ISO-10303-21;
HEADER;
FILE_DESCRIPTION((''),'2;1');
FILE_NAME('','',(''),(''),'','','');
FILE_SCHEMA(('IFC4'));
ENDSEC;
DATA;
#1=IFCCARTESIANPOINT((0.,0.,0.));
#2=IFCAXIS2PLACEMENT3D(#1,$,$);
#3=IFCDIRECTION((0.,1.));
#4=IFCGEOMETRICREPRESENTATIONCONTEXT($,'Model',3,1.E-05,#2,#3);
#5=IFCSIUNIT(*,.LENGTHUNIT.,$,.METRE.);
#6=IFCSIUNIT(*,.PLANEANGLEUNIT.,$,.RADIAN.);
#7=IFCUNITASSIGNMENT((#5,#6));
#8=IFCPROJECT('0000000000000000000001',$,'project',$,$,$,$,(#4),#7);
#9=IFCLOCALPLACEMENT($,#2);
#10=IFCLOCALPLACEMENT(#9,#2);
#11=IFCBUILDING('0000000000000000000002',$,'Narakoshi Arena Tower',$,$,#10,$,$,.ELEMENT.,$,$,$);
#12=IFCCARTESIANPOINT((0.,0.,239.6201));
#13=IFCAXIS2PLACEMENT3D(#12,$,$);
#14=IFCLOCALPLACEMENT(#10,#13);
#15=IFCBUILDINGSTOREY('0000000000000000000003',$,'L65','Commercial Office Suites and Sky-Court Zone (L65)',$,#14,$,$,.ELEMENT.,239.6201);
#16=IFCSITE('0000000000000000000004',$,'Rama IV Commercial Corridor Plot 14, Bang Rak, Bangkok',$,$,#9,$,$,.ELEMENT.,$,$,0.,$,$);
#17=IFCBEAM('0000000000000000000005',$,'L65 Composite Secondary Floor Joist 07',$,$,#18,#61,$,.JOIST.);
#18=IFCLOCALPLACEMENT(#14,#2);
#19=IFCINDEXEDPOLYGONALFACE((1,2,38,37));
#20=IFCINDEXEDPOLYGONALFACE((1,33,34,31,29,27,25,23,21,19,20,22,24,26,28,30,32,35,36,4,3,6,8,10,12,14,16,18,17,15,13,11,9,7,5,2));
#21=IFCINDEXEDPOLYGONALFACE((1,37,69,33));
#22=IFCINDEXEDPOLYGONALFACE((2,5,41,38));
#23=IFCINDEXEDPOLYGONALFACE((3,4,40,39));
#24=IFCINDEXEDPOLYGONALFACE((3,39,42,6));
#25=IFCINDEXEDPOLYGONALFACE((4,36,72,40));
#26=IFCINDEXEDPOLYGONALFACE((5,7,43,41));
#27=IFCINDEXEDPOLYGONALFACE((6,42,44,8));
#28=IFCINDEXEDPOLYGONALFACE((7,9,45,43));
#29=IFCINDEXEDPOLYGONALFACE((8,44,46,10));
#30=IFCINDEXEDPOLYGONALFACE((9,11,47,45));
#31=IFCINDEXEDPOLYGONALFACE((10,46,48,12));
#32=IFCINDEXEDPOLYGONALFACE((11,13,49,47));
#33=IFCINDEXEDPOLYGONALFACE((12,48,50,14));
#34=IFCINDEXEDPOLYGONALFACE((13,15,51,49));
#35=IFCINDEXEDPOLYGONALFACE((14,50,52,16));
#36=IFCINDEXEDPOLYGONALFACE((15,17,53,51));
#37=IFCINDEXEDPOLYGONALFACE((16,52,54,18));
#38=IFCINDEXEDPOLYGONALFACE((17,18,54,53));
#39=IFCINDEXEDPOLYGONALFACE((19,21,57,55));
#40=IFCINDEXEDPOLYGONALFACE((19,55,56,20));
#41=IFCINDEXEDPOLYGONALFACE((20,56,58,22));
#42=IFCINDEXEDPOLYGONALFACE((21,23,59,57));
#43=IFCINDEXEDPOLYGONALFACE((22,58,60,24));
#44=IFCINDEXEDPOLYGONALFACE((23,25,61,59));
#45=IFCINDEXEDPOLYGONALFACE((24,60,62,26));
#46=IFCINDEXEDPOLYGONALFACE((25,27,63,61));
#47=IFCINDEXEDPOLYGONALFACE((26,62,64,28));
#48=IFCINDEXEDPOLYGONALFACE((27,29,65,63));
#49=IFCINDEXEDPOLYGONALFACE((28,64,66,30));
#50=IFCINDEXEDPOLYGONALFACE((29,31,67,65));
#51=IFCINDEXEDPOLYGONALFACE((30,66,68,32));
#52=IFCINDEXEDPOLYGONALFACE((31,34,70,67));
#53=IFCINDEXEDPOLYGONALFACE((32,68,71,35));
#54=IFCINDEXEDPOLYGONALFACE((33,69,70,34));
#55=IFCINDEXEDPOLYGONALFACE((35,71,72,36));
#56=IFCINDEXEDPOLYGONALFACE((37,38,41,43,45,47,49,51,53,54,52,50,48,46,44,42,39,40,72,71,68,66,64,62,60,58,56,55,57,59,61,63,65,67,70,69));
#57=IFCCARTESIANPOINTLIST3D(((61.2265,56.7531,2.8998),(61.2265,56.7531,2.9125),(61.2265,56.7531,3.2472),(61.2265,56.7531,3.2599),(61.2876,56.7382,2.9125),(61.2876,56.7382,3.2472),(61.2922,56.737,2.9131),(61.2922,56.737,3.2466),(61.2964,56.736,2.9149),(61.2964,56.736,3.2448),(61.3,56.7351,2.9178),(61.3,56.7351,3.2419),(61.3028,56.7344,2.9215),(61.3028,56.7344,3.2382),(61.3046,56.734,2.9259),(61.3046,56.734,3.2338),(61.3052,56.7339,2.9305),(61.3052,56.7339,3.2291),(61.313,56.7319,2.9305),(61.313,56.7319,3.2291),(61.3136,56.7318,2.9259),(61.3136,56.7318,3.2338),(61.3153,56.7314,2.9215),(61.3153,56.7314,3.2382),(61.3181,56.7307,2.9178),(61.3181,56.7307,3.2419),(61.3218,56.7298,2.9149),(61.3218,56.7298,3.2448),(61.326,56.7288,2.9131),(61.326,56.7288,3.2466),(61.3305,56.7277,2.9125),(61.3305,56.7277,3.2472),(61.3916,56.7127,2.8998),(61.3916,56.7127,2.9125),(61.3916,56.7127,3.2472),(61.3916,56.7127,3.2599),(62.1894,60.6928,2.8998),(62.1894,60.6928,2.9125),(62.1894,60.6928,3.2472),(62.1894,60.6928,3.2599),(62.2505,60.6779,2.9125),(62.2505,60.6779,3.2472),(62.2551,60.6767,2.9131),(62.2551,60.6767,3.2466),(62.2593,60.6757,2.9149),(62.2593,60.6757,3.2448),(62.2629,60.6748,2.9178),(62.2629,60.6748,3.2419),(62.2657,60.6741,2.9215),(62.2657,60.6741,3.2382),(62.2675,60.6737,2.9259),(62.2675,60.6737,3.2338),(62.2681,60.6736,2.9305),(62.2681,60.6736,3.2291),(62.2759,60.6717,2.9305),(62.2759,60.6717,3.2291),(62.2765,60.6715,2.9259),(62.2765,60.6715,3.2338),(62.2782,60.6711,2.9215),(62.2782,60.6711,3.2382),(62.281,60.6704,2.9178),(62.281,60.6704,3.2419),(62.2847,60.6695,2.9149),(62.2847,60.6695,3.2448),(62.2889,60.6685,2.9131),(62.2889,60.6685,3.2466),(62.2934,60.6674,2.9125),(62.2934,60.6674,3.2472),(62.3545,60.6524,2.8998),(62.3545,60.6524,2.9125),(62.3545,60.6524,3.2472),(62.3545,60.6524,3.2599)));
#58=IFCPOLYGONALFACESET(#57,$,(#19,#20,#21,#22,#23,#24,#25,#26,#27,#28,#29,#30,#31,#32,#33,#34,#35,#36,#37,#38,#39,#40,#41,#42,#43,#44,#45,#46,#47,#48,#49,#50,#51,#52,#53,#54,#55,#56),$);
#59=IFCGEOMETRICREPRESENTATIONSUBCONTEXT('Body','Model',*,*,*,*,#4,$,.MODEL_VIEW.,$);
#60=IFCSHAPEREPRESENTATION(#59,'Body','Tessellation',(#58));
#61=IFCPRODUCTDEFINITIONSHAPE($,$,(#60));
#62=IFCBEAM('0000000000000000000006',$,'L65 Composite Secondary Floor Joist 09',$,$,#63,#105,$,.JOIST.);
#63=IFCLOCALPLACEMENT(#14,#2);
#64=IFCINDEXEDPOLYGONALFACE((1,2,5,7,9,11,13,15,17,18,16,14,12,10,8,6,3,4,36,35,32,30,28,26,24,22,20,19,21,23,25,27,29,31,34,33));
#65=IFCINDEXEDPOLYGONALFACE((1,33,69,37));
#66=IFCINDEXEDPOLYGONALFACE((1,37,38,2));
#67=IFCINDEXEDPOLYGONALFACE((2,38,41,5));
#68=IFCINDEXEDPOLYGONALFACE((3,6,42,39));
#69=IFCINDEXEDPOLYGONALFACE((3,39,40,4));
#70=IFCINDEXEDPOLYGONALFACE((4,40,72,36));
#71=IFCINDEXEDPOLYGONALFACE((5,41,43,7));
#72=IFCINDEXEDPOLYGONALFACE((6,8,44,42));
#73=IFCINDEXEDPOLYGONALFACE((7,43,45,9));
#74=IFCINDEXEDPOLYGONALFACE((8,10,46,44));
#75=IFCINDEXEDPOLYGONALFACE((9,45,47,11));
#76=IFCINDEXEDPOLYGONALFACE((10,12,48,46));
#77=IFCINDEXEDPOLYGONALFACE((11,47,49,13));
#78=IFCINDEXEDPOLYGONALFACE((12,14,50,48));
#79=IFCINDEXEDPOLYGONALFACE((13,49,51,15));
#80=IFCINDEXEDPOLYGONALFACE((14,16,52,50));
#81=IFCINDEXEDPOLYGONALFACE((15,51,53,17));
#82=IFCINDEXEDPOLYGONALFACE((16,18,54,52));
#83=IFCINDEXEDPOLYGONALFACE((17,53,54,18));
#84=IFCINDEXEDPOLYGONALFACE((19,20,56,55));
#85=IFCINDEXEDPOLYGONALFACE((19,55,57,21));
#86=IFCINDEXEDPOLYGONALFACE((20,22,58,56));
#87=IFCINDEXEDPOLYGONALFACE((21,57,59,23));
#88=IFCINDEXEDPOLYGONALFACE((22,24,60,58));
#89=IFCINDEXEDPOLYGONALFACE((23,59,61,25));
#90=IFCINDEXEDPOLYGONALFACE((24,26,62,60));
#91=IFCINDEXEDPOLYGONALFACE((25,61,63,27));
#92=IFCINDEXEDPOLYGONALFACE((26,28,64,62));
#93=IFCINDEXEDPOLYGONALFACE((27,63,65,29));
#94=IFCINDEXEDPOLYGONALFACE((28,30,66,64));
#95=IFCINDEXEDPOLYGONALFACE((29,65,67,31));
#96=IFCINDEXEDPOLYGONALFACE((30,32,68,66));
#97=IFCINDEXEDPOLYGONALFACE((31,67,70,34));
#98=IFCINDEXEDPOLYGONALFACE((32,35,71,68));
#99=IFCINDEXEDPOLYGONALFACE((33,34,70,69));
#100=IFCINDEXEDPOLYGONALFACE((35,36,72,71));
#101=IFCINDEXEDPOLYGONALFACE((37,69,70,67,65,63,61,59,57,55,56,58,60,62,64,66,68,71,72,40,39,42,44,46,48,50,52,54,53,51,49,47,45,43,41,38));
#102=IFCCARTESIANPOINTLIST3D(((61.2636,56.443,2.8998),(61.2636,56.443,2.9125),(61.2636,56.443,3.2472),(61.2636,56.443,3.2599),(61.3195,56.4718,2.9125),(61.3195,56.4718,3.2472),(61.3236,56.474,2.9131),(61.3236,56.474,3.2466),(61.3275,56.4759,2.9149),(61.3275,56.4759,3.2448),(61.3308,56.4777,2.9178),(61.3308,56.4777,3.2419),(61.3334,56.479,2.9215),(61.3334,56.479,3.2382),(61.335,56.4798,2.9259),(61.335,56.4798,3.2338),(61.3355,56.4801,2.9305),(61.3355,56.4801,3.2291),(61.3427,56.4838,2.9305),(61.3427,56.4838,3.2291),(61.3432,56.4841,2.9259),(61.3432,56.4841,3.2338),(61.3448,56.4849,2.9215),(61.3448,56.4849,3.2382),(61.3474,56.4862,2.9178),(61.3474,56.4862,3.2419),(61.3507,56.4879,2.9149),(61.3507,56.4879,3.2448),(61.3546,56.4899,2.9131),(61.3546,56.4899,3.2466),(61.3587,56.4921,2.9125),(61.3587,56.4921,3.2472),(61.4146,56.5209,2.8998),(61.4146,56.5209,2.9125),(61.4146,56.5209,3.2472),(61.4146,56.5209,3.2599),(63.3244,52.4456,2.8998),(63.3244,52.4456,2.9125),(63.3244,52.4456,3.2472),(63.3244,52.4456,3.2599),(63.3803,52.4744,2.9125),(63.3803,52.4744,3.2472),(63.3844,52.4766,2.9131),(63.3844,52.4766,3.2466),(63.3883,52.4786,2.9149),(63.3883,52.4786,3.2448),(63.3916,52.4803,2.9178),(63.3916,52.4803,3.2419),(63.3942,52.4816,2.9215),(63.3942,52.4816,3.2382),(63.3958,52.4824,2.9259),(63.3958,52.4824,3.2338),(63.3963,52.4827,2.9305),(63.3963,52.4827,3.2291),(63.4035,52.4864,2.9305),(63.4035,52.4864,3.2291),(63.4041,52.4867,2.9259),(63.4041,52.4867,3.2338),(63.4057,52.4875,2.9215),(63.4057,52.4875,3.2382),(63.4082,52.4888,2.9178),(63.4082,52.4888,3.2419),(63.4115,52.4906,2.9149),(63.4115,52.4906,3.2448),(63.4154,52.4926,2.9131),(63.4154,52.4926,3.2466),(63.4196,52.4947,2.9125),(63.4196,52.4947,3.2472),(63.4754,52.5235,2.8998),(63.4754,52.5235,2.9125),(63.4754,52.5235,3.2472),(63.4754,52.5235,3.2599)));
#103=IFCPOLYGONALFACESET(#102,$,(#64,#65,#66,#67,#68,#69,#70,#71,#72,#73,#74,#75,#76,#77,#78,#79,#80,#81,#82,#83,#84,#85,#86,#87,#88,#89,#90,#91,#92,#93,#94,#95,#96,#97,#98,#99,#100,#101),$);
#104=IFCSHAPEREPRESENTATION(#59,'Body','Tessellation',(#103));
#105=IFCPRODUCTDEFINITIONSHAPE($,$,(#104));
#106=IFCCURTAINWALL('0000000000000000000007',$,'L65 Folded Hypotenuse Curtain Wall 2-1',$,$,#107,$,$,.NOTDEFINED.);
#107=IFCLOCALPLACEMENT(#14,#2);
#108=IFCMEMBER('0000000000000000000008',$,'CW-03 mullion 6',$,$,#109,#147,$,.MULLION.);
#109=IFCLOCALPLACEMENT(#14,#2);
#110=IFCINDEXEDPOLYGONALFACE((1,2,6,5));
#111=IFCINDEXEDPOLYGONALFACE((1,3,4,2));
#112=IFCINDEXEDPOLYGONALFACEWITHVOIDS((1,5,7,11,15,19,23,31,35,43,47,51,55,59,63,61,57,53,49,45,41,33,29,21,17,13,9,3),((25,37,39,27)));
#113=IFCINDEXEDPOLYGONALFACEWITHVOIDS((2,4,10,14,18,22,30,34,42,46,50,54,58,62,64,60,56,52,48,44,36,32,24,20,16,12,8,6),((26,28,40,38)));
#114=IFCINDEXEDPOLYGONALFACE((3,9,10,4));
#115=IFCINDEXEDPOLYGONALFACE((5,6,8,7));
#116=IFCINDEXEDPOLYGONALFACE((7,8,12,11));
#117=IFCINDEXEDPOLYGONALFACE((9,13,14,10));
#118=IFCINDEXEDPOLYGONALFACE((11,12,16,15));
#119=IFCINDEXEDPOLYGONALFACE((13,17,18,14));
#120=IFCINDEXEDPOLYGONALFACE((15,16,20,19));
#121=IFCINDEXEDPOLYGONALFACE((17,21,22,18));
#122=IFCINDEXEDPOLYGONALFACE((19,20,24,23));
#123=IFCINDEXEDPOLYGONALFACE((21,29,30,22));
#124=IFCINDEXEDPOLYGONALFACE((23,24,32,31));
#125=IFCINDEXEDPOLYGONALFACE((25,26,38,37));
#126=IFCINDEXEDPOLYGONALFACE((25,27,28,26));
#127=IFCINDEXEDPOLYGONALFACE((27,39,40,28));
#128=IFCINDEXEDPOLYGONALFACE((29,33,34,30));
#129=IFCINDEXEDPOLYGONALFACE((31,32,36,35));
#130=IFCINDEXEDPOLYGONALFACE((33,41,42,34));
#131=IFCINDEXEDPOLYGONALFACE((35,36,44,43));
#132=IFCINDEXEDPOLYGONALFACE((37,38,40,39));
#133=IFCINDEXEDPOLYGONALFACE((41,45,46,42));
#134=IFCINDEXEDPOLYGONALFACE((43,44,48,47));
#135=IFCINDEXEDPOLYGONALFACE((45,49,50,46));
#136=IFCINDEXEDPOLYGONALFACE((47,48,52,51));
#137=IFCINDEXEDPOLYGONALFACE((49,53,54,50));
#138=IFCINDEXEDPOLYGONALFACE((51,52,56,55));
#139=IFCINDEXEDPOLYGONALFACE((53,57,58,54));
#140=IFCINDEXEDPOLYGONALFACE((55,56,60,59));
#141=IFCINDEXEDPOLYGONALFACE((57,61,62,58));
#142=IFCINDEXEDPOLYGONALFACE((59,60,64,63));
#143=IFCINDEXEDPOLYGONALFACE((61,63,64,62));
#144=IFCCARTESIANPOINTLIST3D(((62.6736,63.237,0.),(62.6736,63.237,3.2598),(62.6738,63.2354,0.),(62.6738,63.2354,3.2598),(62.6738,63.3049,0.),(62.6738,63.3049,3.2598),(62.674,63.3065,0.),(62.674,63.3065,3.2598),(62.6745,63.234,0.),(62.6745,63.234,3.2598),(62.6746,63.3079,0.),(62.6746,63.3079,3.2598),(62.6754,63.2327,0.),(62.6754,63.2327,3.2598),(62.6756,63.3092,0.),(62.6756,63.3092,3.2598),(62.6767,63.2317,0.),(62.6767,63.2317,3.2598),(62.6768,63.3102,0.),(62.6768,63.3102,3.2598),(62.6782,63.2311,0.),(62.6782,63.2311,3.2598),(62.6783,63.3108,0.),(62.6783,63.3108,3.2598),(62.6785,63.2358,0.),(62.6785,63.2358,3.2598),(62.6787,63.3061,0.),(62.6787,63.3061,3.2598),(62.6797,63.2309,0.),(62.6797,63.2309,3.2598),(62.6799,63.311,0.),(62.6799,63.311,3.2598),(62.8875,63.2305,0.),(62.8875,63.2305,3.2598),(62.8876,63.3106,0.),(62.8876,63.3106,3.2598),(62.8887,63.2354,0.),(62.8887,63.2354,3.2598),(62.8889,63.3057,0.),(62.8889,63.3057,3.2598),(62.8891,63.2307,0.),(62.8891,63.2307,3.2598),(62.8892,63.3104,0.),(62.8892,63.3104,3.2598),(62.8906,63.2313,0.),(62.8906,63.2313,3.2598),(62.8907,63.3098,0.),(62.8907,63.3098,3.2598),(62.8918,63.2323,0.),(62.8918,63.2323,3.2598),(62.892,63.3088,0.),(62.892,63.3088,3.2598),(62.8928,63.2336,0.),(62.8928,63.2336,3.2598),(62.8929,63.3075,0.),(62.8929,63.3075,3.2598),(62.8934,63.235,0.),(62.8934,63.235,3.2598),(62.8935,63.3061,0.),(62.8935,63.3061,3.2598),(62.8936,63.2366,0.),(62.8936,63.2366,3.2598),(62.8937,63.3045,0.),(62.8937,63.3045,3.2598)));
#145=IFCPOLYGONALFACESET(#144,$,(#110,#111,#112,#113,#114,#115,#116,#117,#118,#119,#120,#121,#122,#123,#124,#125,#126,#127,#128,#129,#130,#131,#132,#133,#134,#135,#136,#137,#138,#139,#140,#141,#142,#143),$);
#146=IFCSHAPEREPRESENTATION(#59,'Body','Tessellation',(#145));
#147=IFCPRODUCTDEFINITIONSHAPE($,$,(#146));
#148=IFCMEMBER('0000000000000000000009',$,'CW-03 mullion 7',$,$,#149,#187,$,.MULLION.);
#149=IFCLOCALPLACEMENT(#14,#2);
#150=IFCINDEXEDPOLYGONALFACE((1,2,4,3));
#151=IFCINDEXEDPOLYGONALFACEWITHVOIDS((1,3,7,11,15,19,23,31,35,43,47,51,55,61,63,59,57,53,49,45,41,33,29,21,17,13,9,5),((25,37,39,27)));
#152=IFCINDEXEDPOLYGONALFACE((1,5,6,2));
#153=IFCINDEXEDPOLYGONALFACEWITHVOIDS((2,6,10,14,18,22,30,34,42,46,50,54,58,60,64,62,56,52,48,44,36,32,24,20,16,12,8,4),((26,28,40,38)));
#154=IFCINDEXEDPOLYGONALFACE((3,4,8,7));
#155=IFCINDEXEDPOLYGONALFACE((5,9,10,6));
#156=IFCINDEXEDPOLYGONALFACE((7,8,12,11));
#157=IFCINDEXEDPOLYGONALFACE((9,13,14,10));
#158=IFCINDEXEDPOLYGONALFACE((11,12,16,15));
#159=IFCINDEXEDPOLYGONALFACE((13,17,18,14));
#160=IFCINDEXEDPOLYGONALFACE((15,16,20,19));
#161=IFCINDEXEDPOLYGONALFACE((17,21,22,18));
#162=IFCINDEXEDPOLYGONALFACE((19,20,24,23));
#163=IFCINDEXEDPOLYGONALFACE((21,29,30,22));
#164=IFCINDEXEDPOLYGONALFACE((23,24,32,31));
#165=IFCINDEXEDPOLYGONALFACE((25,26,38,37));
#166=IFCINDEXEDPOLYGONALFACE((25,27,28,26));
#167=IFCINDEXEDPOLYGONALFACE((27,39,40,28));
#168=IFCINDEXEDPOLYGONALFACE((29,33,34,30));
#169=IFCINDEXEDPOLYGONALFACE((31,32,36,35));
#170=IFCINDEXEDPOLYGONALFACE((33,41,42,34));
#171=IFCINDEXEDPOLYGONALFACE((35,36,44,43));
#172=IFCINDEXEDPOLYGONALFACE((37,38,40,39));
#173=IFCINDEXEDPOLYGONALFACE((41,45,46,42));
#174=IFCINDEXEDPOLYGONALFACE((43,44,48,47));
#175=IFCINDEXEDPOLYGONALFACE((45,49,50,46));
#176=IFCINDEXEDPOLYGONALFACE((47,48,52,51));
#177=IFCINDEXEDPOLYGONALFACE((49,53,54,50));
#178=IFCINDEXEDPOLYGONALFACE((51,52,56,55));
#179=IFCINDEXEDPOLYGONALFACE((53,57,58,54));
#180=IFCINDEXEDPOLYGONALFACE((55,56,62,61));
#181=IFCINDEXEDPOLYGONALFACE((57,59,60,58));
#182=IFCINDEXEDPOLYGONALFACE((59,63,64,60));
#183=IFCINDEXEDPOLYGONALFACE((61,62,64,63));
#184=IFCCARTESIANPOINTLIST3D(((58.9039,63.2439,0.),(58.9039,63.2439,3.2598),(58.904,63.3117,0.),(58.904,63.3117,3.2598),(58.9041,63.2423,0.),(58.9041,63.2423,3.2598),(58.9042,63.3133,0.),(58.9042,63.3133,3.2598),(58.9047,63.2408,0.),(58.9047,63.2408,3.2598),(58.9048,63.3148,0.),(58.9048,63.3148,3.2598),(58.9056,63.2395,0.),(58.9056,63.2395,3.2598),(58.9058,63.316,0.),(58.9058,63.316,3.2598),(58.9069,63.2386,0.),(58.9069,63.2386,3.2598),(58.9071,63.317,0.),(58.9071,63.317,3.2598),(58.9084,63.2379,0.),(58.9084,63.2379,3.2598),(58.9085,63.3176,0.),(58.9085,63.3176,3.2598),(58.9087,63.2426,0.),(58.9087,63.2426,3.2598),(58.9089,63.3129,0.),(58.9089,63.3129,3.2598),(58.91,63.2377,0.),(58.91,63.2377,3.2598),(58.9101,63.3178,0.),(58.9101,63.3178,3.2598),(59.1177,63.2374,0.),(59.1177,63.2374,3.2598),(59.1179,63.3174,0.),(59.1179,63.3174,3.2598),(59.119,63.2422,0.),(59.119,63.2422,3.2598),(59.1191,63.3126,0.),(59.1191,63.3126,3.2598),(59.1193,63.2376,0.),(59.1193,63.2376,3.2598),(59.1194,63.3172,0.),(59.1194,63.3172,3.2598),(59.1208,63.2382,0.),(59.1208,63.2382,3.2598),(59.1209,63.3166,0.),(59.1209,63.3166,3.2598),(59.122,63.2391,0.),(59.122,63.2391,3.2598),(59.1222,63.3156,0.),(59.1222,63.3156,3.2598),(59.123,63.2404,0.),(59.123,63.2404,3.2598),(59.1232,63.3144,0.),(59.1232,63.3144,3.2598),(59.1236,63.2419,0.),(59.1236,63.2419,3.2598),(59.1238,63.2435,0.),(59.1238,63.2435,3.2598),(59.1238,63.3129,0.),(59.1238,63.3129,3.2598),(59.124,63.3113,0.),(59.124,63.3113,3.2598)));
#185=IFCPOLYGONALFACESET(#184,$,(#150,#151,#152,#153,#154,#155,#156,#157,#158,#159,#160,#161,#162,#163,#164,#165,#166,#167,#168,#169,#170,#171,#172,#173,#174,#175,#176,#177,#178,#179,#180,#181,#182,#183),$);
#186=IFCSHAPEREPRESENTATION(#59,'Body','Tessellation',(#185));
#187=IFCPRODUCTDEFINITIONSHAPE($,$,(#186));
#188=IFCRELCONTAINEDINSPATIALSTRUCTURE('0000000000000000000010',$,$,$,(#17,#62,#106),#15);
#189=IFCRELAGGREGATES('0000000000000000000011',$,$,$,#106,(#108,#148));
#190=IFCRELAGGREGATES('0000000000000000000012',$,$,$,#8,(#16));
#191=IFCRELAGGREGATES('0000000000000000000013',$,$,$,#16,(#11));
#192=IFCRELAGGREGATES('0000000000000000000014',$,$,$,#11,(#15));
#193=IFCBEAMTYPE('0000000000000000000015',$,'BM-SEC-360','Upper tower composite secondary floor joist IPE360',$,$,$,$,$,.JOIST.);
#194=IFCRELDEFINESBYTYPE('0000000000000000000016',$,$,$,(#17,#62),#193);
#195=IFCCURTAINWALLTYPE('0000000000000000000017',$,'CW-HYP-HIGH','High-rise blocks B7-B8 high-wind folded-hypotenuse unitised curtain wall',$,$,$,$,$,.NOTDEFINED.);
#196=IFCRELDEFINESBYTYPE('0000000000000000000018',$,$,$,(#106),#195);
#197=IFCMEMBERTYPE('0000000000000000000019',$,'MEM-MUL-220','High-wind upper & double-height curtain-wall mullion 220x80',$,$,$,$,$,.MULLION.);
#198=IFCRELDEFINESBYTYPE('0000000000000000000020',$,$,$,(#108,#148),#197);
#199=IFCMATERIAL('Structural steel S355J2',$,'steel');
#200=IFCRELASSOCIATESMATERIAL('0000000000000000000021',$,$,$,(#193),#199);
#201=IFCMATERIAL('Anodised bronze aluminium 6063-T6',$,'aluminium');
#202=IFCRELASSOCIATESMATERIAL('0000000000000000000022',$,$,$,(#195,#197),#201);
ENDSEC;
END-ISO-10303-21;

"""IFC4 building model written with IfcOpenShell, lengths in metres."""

from ifc_helpers import new_model, si_unit, direction, frame, origin, origin_2d, place, context, subcontext, project, spatial, hollow_rectangle, i_section, extrude, material, material_profile, profile_set, type_object, element, aggregate, save


model = new_model("IFC4")

# Units and contexts
model_context = context("Model", 3, precision=1e-05, world=origin(), true_north=direction((0.0, 1.0)))
body_context = subcontext(model_context, "Body", "Model", "MODEL_VIEW")
ifc_project = project(units=[si_unit("LENGTHUNIT", "METRE"), si_unit("PLANEANGLEUNIT", "RADIAN")], contexts=[model_context])

# Site, building, storey
site_placement = place(None, origin())
site = spatial("IfcSite", under=ifc_project, at=site_placement, Name="Rama IV Commercial Corridor Plot 14, Bang Rak, Bangkok", CompositionType="ELEMENT", RefElevation=0.0)
building_placement = place(site_placement, origin())
building = spatial("IfcBuilding", under=site, at=building_placement, Name="Narakoshi Arena Tower", CompositionType="ELEMENT")
storey_placement = place(building_placement, frame((0.0, 0.0, 239.6201)))
storey = spatial("IfcBuildingStorey", under=building, at=storey_placement, Name="L65", Description="Commercial Office Suites and Sky-Court Zone (L65)", CompositionType="ELEMENT", Elevation=239.6201)

# Beams
ifc_material_1 = material(Name="Structural steel S355J2", Category="steel")
ifc_material_profile_1 = material_profile(ifc_material_1, i_section(OverallWidth=0.1699, OverallDepth=0.3601, WebThickness=0.0081, FlangeThickness=0.0127, FilletRadius=0.0181, at=origin_2d()), Name="IPE360")
ifc_profile_set_1 = profile_set([ifc_material_profile_1], Name="Structural steel S355J2")
beam_type_1 = type_object("IfcBeamType", Name="BM-SEC-360", Description="Upper tower composite secondary floor joist IPE360", PredefinedType="JOIST", material=ifc_profile_set_1)
beam_1_placement = place(storey_placement, frame((62.272, 60.6726, 3.0798), z_axis=(-0.237419, -0.971407, 0.0), x_axis=(0.971407, -0.237419, 0.0)))
element("IfcBeam", 1, at=beam_1_placement, inside=storey, type_object=beam_type_1, Name="L65 Composite Secondary Floor Joist 07", PredefinedType="JOIST", context=body_context, shape_type="SweptSolid", body=[
    extrude(i_section(OverallWidth=0.1699, OverallDepth=0.3601, WebThickness=0.0081, FlangeThickness=0.0127, FilletRadius=0.0181, at=origin_2d()), origin(), (0.0, 0.0, 1.0), 4.0557),
])
beam_2_placement = place(storey_placement, frame((61.3391, 56.4819, 3.0798), z_axis=(0.458232, -0.888833, 0.0), x_axis=(0.888833, 0.458232, 0.0)))
element("IfcBeam", 2, at=beam_2_placement, inside=storey, type_object=beam_type_1, Name="L65 Composite Secondary Floor Joist 09", PredefinedType="JOIST", context=body_context, shape_type="SweptSolid", body=[
    extrude(i_section(OverallWidth=0.1699, OverallDepth=0.3601, WebThickness=0.0081, FlangeThickness=0.0127, FilletRadius=0.0181, at=origin_2d()), origin(), (0.0, 0.0, 1.0), 4.4973),
])

# Curtain wall, members
ifc_material_2 = material(Name="Anodised bronze aluminium 6063-T6", Category="aluminium")
curtain_wall_type = type_object("IfcCurtainWallType", Name="CW-HYP-HIGH", Description="High-rise blocks B7-B8 high-wind folded-hypotenuse unitised curtain wall", PredefinedType="NOTDEFINED", material=ifc_material_2)
curtain_wall_placement = place(storey_placement, origin())
curtain_wall = element("IfcCurtainWall", 3, at=curtain_wall_placement, inside=storey, type_object=curtain_wall_type, Name="L65 Folded Hypotenuse Curtain Wall 2-1", PredefinedType="NOTDEFINED")
ifc_material_profile_2 = material_profile(ifc_material_2, hollow_rectangle(XDim=0.0801, YDim=0.22, WallThickness=0.0049, OuterFilletRadius=0.0061, at=origin_2d()), Name="MUL220x80x5")
ifc_profile_set_2 = profile_set([ifc_material_profile_2], Name="Anodised bronze aluminium 6063-T6")
member_type_1 = type_object("IfcMemberType", Name="MEM-MUL-220", Description="High-wind upper & double-height curtain-wall mullion 220x80", PredefinedType="MULLION", material=ifc_profile_set_2)
member_1_placement = place(storey_placement, frame((62.7837, 63.2708, 0.0), z_axis=(0.0, 0.0, 1.0), x_axis=(-0.00182, -0.999998, 0.0)))
member_1 = element("IfcMember", 4, at=member_1_placement, type_object=member_type_1, Name="CW-03 mullion 6", PredefinedType="MULLION", context=body_context, shape_type="SweptSolid", body=[
    extrude(hollow_rectangle(XDim=0.0801, YDim=0.22, WallThickness=0.0049, OuterFilletRadius=0.0061, at=origin_2d()), origin(), (0.0, 0.0, 1.0), 3.2598),
])
member_2_placement = place(storey_placement, frame((59.0139, 63.2776, 0.0), z_axis=(0.0, 0.0, 1.0), x_axis=(-0.00182, -0.999998, 0.0)))
member_2 = element("IfcMember", 5, at=member_2_placement, type_object=member_type_1, Name="CW-03 mullion 7", PredefinedType="MULLION", context=body_context, shape_type="SweptSolid", body=[
    extrude(hollow_rectangle(XDim=0.0801, YDim=0.22, WallThickness=0.0049, OuterFilletRadius=0.0061, at=origin_2d()), origin(), (0.0, 0.0, 1.0), 3.2598),
])
aggregate(curtain_wall, [member_1, member_2])

save(model, "model.ifc")
